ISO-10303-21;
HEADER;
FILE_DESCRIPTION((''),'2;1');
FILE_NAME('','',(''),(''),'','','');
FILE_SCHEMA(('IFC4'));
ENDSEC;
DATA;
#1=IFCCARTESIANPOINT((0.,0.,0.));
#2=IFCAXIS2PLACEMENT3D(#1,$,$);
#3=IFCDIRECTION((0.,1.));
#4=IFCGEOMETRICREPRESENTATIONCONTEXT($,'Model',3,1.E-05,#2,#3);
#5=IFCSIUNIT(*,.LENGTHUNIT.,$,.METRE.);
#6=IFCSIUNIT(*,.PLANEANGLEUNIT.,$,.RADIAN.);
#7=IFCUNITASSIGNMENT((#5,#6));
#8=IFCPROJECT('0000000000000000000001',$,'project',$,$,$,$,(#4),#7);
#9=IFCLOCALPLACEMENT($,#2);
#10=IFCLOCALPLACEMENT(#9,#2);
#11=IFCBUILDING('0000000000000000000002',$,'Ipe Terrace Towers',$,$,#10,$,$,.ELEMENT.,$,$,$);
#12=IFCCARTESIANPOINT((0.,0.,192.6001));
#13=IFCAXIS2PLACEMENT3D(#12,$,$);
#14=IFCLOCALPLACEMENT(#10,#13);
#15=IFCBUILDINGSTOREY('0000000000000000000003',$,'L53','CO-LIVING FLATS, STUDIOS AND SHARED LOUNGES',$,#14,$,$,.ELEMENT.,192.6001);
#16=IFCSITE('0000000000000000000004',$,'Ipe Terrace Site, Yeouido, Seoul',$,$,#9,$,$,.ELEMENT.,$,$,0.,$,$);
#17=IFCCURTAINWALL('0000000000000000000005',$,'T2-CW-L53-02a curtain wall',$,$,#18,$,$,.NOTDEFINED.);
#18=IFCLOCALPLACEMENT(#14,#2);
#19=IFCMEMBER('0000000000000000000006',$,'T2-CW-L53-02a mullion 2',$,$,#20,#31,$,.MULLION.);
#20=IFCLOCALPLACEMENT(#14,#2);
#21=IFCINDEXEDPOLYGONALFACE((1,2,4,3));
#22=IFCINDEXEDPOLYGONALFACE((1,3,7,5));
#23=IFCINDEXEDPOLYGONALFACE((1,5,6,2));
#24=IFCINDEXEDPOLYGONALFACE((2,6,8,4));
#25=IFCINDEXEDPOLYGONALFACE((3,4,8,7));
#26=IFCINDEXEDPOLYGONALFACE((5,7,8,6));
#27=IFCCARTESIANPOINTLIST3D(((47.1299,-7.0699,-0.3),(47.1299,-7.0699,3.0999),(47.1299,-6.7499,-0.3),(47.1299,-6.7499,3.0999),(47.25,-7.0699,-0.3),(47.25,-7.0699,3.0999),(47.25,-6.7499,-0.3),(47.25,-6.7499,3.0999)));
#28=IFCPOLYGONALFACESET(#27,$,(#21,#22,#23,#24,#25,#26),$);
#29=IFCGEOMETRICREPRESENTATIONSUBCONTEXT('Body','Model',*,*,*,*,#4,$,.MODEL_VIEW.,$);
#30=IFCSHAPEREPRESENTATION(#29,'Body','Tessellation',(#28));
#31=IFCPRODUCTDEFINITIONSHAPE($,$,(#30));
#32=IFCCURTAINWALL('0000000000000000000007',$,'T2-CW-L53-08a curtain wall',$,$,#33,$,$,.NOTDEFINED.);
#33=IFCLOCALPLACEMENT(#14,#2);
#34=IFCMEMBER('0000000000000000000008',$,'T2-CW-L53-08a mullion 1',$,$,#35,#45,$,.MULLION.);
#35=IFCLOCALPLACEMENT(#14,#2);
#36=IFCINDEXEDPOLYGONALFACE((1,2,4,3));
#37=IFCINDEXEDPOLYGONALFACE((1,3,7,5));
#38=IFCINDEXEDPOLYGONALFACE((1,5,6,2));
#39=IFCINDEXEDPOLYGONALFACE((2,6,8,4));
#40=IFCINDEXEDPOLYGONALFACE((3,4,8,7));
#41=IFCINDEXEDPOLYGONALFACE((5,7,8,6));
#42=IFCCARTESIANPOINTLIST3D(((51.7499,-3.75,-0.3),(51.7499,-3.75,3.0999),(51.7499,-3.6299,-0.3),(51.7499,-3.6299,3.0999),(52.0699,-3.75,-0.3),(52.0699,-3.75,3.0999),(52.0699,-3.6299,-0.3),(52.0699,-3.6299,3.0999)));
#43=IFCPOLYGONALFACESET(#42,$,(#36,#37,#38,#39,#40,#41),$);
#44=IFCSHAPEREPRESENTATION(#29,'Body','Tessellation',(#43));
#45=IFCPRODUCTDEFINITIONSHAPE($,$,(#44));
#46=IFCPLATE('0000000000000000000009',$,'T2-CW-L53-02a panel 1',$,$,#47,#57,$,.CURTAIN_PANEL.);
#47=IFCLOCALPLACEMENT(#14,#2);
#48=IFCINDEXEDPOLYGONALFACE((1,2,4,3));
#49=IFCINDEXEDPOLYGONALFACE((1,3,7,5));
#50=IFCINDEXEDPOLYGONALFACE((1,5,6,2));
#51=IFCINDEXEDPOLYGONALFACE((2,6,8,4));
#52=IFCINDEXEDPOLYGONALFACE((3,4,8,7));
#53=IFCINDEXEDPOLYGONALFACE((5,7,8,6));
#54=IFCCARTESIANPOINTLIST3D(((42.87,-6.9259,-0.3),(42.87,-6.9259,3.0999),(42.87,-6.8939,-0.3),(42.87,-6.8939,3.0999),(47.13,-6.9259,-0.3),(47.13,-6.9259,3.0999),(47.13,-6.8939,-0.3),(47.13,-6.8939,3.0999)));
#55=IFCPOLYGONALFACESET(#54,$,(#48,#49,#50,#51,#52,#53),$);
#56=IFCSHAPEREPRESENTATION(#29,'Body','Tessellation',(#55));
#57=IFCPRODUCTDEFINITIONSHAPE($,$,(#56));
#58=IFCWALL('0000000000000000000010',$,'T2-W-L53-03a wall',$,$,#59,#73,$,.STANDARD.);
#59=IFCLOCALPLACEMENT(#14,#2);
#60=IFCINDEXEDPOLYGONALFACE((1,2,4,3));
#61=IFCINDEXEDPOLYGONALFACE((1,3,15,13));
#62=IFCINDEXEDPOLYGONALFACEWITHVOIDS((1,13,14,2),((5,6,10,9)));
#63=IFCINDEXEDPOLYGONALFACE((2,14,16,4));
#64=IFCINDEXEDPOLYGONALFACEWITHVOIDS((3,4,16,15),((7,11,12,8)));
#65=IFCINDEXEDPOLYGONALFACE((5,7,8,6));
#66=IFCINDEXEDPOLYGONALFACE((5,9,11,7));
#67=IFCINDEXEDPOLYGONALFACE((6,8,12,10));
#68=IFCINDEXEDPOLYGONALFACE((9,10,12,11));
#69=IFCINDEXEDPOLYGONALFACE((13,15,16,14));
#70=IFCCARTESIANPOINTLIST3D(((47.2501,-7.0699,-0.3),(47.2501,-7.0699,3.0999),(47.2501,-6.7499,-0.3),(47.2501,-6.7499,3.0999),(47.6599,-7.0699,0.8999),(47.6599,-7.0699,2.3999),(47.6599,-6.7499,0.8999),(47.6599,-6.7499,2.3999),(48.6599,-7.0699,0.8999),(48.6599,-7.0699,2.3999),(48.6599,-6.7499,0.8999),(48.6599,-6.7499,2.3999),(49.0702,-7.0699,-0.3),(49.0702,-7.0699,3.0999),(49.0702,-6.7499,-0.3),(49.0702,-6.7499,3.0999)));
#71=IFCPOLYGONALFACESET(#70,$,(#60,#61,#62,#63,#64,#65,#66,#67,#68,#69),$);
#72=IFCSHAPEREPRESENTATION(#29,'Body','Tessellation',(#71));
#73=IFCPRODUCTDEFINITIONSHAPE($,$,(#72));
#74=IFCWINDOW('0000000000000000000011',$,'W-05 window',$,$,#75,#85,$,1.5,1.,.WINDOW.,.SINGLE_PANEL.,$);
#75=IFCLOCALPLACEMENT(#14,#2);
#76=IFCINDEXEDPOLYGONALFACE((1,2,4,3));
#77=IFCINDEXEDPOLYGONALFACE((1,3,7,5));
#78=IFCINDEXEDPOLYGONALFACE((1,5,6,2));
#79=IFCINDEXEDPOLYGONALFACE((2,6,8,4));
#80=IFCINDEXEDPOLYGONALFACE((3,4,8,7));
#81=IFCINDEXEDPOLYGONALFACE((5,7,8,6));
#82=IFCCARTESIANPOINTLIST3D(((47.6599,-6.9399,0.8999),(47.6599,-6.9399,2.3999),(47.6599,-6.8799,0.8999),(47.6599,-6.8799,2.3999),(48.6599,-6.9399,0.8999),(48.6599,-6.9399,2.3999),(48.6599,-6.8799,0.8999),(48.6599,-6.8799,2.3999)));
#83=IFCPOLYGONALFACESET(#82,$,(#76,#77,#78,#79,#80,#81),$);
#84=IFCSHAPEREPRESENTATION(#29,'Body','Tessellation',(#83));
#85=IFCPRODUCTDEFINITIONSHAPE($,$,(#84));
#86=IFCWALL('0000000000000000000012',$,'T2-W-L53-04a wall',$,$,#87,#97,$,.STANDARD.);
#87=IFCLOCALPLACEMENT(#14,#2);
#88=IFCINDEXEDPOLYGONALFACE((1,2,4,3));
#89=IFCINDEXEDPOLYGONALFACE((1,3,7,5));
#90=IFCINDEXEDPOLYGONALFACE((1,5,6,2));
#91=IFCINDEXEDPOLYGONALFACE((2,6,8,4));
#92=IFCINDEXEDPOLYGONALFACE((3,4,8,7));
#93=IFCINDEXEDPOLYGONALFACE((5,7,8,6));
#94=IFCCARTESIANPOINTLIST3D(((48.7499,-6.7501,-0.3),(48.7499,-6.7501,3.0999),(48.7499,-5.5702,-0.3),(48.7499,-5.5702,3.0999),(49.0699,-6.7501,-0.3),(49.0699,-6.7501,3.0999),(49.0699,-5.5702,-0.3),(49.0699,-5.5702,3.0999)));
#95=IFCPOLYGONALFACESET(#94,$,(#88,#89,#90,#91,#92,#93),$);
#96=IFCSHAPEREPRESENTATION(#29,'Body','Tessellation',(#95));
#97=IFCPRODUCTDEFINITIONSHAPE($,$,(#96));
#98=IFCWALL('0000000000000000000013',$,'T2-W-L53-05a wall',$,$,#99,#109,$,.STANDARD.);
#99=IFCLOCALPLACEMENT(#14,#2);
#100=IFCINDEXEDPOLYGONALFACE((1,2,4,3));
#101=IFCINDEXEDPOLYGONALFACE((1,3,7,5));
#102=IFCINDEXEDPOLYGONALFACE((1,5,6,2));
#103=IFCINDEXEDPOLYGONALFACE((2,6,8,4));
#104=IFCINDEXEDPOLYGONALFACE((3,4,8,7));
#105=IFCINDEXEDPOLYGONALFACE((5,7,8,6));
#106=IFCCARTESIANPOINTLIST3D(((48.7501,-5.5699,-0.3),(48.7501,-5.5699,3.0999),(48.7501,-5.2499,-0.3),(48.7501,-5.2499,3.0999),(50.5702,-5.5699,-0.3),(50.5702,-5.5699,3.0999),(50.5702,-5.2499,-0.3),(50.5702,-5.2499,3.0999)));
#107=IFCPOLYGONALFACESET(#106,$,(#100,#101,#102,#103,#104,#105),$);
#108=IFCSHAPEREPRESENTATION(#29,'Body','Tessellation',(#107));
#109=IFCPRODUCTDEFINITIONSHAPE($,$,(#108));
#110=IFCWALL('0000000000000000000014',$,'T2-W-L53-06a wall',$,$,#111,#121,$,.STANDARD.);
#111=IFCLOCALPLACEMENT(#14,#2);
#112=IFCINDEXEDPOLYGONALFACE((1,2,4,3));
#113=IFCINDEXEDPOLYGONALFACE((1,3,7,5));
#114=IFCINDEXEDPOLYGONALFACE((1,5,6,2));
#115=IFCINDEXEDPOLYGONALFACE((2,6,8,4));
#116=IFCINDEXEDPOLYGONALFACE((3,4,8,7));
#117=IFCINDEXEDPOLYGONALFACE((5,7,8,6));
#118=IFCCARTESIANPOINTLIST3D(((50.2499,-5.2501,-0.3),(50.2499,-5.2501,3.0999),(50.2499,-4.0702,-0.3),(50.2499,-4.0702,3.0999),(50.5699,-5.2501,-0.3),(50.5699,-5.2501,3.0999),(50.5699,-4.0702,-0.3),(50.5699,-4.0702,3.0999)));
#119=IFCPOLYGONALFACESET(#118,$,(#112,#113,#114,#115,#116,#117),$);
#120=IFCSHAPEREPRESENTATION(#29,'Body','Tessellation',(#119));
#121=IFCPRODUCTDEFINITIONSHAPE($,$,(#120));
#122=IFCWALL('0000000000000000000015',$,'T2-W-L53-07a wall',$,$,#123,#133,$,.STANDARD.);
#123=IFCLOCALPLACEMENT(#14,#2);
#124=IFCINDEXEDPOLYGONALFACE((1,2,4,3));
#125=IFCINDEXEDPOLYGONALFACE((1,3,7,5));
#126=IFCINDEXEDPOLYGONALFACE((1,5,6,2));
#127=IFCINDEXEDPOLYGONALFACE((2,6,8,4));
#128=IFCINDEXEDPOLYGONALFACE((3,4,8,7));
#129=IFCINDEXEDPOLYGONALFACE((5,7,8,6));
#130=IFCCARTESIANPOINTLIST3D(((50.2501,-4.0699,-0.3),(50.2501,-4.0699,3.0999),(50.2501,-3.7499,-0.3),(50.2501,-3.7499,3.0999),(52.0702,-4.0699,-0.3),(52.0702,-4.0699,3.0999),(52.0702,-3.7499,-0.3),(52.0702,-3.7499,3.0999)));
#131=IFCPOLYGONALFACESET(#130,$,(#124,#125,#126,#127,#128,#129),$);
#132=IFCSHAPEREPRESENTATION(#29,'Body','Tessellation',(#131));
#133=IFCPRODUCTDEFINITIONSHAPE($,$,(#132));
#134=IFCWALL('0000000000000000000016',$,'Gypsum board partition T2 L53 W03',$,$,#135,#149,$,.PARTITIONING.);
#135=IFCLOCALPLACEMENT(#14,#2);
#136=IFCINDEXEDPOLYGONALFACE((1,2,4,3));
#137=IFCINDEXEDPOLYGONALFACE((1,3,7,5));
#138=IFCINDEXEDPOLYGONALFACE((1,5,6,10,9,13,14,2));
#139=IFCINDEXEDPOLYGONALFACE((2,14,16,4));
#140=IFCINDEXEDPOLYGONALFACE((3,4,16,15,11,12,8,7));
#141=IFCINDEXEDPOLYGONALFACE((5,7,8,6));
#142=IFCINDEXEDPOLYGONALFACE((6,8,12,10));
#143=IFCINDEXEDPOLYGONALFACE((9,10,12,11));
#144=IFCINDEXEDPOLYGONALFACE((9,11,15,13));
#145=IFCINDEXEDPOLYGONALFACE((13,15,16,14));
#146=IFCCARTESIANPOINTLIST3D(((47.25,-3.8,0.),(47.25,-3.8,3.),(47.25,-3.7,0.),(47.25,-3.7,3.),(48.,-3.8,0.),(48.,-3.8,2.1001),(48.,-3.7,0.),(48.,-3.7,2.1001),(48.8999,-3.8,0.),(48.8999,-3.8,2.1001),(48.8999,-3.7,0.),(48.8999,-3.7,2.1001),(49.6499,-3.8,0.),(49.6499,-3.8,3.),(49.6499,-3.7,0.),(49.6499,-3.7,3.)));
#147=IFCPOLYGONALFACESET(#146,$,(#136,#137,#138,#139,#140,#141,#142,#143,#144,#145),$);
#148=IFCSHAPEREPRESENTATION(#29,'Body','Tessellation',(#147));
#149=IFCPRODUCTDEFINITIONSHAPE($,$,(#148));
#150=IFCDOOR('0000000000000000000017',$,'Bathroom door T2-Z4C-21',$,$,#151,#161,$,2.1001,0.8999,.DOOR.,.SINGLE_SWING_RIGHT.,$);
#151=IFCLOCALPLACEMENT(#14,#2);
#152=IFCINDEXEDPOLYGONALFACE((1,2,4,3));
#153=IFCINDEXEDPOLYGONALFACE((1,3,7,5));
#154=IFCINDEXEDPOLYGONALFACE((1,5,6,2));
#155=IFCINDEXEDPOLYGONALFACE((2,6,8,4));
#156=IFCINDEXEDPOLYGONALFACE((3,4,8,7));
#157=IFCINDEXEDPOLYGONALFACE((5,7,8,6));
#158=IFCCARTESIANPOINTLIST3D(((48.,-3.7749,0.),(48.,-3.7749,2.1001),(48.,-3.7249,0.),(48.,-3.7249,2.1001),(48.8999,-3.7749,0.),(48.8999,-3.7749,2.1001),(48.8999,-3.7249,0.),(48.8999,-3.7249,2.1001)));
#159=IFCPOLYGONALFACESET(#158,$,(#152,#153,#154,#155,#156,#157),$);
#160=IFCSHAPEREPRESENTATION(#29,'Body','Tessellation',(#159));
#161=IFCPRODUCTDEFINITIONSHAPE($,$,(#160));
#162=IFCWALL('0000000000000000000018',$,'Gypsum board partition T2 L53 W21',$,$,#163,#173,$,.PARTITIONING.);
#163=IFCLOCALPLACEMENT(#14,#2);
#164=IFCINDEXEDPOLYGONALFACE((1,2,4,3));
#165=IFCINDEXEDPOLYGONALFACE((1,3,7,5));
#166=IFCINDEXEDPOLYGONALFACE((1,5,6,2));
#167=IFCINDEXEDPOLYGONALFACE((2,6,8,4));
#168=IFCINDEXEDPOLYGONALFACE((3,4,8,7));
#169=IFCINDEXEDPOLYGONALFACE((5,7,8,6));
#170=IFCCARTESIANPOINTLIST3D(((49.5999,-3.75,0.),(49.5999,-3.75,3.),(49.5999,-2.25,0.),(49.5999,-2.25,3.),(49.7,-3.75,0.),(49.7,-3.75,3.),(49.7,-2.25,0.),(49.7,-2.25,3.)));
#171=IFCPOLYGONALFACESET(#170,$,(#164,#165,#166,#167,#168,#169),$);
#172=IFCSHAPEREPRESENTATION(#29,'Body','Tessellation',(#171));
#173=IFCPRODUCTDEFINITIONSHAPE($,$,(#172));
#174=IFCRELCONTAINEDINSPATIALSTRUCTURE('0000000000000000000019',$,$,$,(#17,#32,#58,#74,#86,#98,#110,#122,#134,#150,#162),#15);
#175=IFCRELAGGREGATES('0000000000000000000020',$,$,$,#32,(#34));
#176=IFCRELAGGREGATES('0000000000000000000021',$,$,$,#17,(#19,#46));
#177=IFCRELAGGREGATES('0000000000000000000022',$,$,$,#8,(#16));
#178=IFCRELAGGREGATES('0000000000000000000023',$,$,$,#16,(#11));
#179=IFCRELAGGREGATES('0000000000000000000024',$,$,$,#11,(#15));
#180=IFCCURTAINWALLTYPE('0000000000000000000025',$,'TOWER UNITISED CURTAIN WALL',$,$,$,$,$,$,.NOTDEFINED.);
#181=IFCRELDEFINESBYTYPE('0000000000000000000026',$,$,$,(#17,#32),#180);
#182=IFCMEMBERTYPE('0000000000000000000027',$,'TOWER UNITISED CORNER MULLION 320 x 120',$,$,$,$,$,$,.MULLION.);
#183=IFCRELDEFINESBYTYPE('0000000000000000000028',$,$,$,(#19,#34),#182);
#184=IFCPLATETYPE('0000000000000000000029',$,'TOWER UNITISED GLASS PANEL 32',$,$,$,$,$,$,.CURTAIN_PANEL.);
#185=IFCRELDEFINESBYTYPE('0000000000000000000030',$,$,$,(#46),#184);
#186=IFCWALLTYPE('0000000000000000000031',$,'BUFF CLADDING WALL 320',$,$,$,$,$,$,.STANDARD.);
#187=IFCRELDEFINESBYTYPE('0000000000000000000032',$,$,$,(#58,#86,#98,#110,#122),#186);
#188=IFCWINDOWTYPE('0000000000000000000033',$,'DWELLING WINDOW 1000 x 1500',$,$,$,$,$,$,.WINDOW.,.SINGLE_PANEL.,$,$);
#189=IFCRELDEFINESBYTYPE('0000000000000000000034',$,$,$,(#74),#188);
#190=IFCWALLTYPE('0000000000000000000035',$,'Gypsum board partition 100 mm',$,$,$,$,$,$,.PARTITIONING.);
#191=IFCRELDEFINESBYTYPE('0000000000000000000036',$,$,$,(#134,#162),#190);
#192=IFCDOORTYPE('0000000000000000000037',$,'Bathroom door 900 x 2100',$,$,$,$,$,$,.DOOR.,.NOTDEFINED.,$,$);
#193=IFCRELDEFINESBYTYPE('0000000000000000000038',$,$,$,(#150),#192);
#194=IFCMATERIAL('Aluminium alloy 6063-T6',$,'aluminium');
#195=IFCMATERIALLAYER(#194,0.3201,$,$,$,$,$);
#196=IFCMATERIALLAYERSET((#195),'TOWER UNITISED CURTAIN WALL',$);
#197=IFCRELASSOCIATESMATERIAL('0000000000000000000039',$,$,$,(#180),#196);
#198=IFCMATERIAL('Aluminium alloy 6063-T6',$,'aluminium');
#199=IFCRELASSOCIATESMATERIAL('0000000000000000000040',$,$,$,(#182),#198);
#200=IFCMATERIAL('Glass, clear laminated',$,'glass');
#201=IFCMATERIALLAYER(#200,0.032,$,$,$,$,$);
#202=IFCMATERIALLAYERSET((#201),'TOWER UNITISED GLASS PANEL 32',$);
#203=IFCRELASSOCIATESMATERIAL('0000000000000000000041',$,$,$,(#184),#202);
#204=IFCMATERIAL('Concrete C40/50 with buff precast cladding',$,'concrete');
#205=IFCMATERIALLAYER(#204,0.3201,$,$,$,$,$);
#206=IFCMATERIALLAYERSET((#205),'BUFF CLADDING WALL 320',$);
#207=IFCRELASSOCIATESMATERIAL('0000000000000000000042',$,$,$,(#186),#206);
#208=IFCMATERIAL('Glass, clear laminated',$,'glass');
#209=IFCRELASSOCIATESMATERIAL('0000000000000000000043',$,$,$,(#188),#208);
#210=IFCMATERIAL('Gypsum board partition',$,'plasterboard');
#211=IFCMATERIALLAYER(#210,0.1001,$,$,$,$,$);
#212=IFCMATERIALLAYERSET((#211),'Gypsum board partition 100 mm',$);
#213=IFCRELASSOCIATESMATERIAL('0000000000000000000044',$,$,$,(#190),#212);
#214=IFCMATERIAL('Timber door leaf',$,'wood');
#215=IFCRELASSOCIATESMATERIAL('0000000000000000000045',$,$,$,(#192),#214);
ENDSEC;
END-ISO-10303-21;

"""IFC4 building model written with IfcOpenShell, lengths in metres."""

from ifc_helpers import new_model, si_unit, direction, frame, frame_2d, origin, origin_2d, place, context, subcontext, project, spatial, rectangle, extrude, material, layer, layer_set, material_profile, profile_set, type_object, element, fill, aggregate, save


model = new_model("IFC4")

# Units and contexts
model_context = context("Model", 3, precision=1e-05, world=origin(), true_north=direction((0.0, 1.0)))
body_context = subcontext(model_context, "Body", "Model", "MODEL_VIEW")
ifc_project = project(units=[si_unit("LENGTHUNIT", "METRE"), si_unit("PLANEANGLEUNIT", "RADIAN")], contexts=[model_context])

# Site, building, storey
site_placement = place(None, origin())
site = spatial("IfcSite", under=ifc_project, at=site_placement, Name="Ipe Terrace Site, Yeouido, Seoul", CompositionType="ELEMENT", RefElevation=0.0)
building_placement = place(site_placement, origin())
building = spatial("IfcBuilding", under=site, at=building_placement, Name="Ipe Terrace Towers", CompositionType="ELEMENT")
storey_placement = place(building_placement, frame((0.0, 0.0, 192.6001)))
storey = spatial("IfcBuildingStorey", under=building, at=storey_placement, Name="L53", Description="CO-LIVING FLATS, STUDIOS AND SHARED LOUNGES", CompositionType="ELEMENT", Elevation=192.6001)

# Curtain wall, member
ifc_material_1 = material(Name="Aluminium alloy 6063-T6", Category="aluminium")
ifc_layer_1 = layer(ifc_material_1, 0.3201)
ifc_layer_set_1 = layer_set([ifc_layer_1], Name="TOWER UNITISED CURTAIN WALL")
curtain_wall_type = type_object("IfcCurtainWallType", Name="TOWER UNITISED CURTAIN WALL", PredefinedType="NOTDEFINED", material=ifc_layer_set_1)
curtain_wall_1_placement = place(storey_placement, origin())
curtain_wall_1 = element("IfcCurtainWall", 1, at=curtain_wall_1_placement, inside=storey, type_object=curtain_wall_type, Name="T2-CW-L53-02a curtain wall", PredefinedType="NOTDEFINED")
ifc_material_2 = material(Name="Aluminium alloy 6063-T6", Category="aluminium")
ifc_material_profile_1 = material_profile(ifc_material_2, rectangle(XDim=0.3201, YDim=0.1201, at=origin_2d()), Name="TOWER UNITISED CORNER MULLION 320 x 120")
ifc_profile_set_1 = profile_set([ifc_material_profile_1], Name="Aluminium alloy 6063-T6")
member_type = type_object("IfcMemberType", Name="TOWER UNITISED CORNER MULLION 320 x 120", PredefinedType="MULLION", material=ifc_profile_set_1)
member_1_placement = place(storey_placement, frame((47.1899, -6.9099, -0.3), z_axis=(0.0, 0.0, 1.0), x_axis=(0.0, -1.0, 0.0)))
member_1 = element("IfcMember", 2, at=member_1_placement, type_object=member_type, Name="T2-CW-L53-02a mullion 2", PredefinedType="MULLION", context=body_context, shape_type="SweptSolid", body=[
    extrude(rectangle(XDim=0.3201, YDim=0.1201, at=origin_2d()), origin(), (0.0, 0.0, 1.0), 3.3999),
])

# Curtain wall, member
curtain_wall_2_placement = place(storey_placement, origin())
curtain_wall_2 = element("IfcCurtainWall", 3, at=curtain_wall_2_placement, inside=storey, type_object=curtain_wall_type, Name="T2-CW-L53-08a curtain wall", PredefinedType="NOTDEFINED")
member_2_placement = place(storey_placement, frame((51.9099, -3.6899, -0.3), z_axis=(0.0, 0.0, 1.0), x_axis=(1.0, 0.0, 0.0)))
member_2 = element("IfcMember", 4, at=member_2_placement, type_object=member_type, Name="T2-CW-L53-08a mullion 1", PredefinedType="MULLION", context=body_context, shape_type="SweptSolid", body=[
    extrude(rectangle(XDim=0.3201, YDim=0.1201, at=origin_2d()), origin(), (0.0, 0.0, 1.0), 3.3999),
])
aggregate(curtain_wall_2, [member_2])

# Plate
ifc_material_3 = material(Name="Glass, clear laminated", Category="glass")
ifc_layer_2 = layer(ifc_material_3, 0.032)
ifc_layer_set_2 = layer_set([ifc_layer_2], Name="TOWER UNITISED GLASS PANEL 32")
plate_type = type_object("IfcPlateType", Name="TOWER UNITISED GLASS PANEL 32", PredefinedType="CURTAIN_PANEL", material=ifc_layer_set_2)
plate_placement = place(storey_placement, frame((45.0, -6.9099, -0.3), z_axis=(0.0, 0.0, 1.0), x_axis=(1.0, 0.0, 0.0)))
plate = element("IfcPlate", 5, at=plate_placement, type_object=plate_type, Name="T2-CW-L53-02a panel 1", PredefinedType="CURTAIN_PANEL", context=body_context, shape_type="SweptSolid", body=[
    extrude(rectangle(XDim=4.26, YDim=0.032, at=origin_2d()), origin(), (0.0, 0.0, 1.0), 3.3999),
])
aggregate(curtain_wall_1, [member_1, plate])

# Wall, opening, window
ifc_material_4 = material(Name="Concrete C40/50 with buff precast cladding", Category="concrete")
ifc_layer_3 = layer(ifc_material_4, 0.3201)
ifc_layer_set_3 = layer_set([ifc_layer_3], Name="BUFF CLADDING WALL 320")
wall_type_1 = type_object("IfcWallType", Name="BUFF CLADDING WALL 320", PredefinedType="STANDARD", material=ifc_layer_set_3)
wall_1_placement = place(storey_placement, frame((47.25, -6.9099, -0.3), z_axis=(0.0, 0.0, 1.0), x_axis=(1.0, 0.0, 0.0)))
wall_1 = element("IfcWall", 6, at=wall_1_placement, inside=storey, type_object=wall_type_1, Name="T2-W-L53-03a wall", PredefinedType="STANDARD", context=body_context, shape_type="SweptSolid", body=[
    extrude(rectangle(XDim=1.8201, YDim=0.3201, at=frame_2d((0.9102, 0.0))), origin(), (0.0, 0.0, 1.0), 3.3999),
])
opening_1_placement = place(wall_1_placement, frame((0.4099, 0.0, 1.2)))
opening_1 = element("IfcOpeningElement", 7, at=opening_1_placement, cuts=wall_1, PredefinedType="OPENING", context=body_context, shape_type="SweptSolid", body=[
    extrude(rectangle(XDim=1.0, YDim=1.5, at=frame_2d((0.5, 0.75))), frame((0.0, 0.1699, 0.0), z_axis=(0.0, -1.0, 0.0), x_axis=(1.0, 0.0, 0.0)), (0.0, 0.0, 1.0), 0.3401),
])
ifc_material_5 = material(Name="Glass, clear laminated", Category="glass")
window_type = type_object("IfcWindowType", Name="DWELLING WINDOW 1000 x 1500", PartitioningType="SINGLE_PANEL", PredefinedType="WINDOW", material=ifc_material_5)
window_placement = place(opening_1_placement, origin())
window = element("IfcWindow", 8, at=window_placement, inside=storey, type_object=window_type, Name="W-05 window", OverallHeight=1.5, OverallWidth=1.0, PartitioningType="SINGLE_PANEL", PredefinedType="WINDOW", context=body_context, shape_type="SweptSolid", body=[
    extrude(rectangle(XDim=1.0, YDim=1.5, at=frame_2d((0.5, 0.75))), frame((0.0, 0.03, 0.0), z_axis=(0.0, -1.0, 0.0), x_axis=(1.0, 0.0, 0.0)), (0.0, 0.0, 1.0), 0.0601),
])
fill(opening_1, window)

# Walls
wall_2_placement = place(storey_placement, frame((48.9099, -6.75, -0.3), z_axis=(0.0, 0.0, 1.0), x_axis=(0.0, 1.0, 0.0)))
element("IfcWall", 9, at=wall_2_placement, inside=storey, type_object=wall_type_1, Name="T2-W-L53-04a wall", PredefinedType="STANDARD", context=body_context, shape_type="SweptSolid", body=[
    extrude(rectangle(XDim=1.1799, YDim=0.3201, at=frame_2d((0.5898, 0.0))), origin(), (0.0, 0.0, 1.0), 3.3999),
])
wall_3_placement = place(storey_placement, frame((48.75, -5.4099, -0.3), z_axis=(0.0, 0.0, 1.0), x_axis=(1.0, 0.0, 0.0)))
element("IfcWall", 10, at=wall_3_placement, inside=storey, type_object=wall_type_1, Name="T2-W-L53-05a wall", PredefinedType="STANDARD", context=body_context, shape_type="SweptSolid", body=[
    extrude(rectangle(XDim=1.8201, YDim=0.3201, at=frame_2d((0.9102, 0.0))), origin(), (0.0, 0.0, 1.0), 3.3999),
])
wall_4_placement = place(storey_placement, frame((50.4099, -5.25, -0.3), z_axis=(0.0, 0.0, 1.0), x_axis=(0.0, 1.0, 0.0)))
element("IfcWall", 11, at=wall_4_placement, inside=storey, type_object=wall_type_1, Name="T2-W-L53-06a wall", PredefinedType="STANDARD", context=body_context, shape_type="SweptSolid", body=[
    extrude(rectangle(XDim=1.1799, YDim=0.3201, at=frame_2d((0.5898, 0.0))), origin(), (0.0, 0.0, 1.0), 3.3999),
])
wall_5_placement = place(storey_placement, frame((50.25, -3.9099, -0.3), z_axis=(0.0, 0.0, 1.0), x_axis=(1.0, 0.0, 0.0)))
element("IfcWall", 12, at=wall_5_placement, inside=storey, type_object=wall_type_1, Name="T2-W-L53-07a wall", PredefinedType="STANDARD", context=body_context, shape_type="SweptSolid", body=[
    extrude(rectangle(XDim=1.8201, YDim=0.3201, at=frame_2d((0.9102, 0.0))), origin(), (0.0, 0.0, 1.0), 3.3999),
])

# Wall, opening, door
ifc_material_6 = material(Name="Gypsum board partition", Category="plasterboard")
ifc_layer_4 = layer(ifc_material_6, 0.1001)
ifc_layer_set_4 = layer_set([ifc_layer_4], Name="Gypsum board partition 100 mm")
wall_type_2 = type_object("IfcWallType", Name="Gypsum board partition 100 mm", PredefinedType="PARTITIONING", material=ifc_layer_set_4)
wall_6_placement = place(storey_placement, frame((49.6499, -3.75, 0.0), z_axis=(0.0, 0.0, 1.0), x_axis=(-1.0, 0.0, 0.0)))
wall_6 = element("IfcWall", 13, at=wall_6_placement, inside=storey, type_object=wall_type_2, Name="Gypsum board partition T2 L53 W03", PredefinedType="PARTITIONING", context=body_context, shape_type="SweptSolid", body=[
    extrude(rectangle(XDim=2.3999, YDim=0.1001, at=frame_2d((1.2, 0.0))), origin(), (0.0, 0.0, 1.0), 3.0),
])
opening_2_placement = place(wall_6_placement, frame((0.75, 0.0, 0.0)))
opening_2 = element("IfcOpeningElement", 14, at=opening_2_placement, cuts=wall_6, PredefinedType="OPENING", context=body_context, shape_type="SweptSolid", body=[
    extrude(rectangle(XDim=0.8999, YDim=2.1001, at=frame_2d((0.45, 1.05))), frame((0.0, 0.0601, 0.0), z_axis=(0.0, -1.0, 0.0), x_axis=(1.0, 0.0, 0.0)), (0.0, 0.0, 1.0), 0.1201),
])
ifc_material_7 = material(Name="Timber door leaf", Category="wood")
door_type_1 = type_object("IfcDoorType", Name="Bathroom door 900 x 2100", OperationType="NOTDEFINED", PredefinedType="DOOR", material=ifc_material_7)
door_1_placement = place(opening_2_placement, origin())
door_1 = element("IfcDoor", 15, at=door_1_placement, inside=storey, type_object=door_type_1, Name="Bathroom door T2-Z4C-21", OperationType="SINGLE_SWING_RIGHT", OverallHeight=2.1001, OverallWidth=0.8999, PredefinedType="DOOR", context=body_context, shape_type="SweptSolid", body=[
    extrude(rectangle(XDim=0.8999, YDim=2.1001, at=frame_2d((0.45, 1.05))), frame((0.0, 0.0249, 0.0), z_axis=(0.0, -1.0, 0.0), x_axis=(1.0, 0.0, 0.0)), (0.0, 0.0, 1.0), 0.05),
])
fill(opening_2, door_1)

# Wall
wall_7_placement = place(storey_placement, frame((49.6499, -3.75, 0.0), z_axis=(0.0, 0.0, 1.0), x_axis=(0.0, 1.0, 0.0)))
element("IfcWall", 16, at=wall_7_placement, inside=storey, type_object=wall_type_2, Name="Gypsum board partition T2 L53 W21", PredefinedType="PARTITIONING", context=body_context, shape_type="SweptSolid", body=[
    extrude(rectangle(XDim=1.5, YDim=0.1001, at=frame_2d((0.75, 0.0))), origin(), (0.0, 0.0, 1.0), 3.0),
])

save(model, "model.ifc")
